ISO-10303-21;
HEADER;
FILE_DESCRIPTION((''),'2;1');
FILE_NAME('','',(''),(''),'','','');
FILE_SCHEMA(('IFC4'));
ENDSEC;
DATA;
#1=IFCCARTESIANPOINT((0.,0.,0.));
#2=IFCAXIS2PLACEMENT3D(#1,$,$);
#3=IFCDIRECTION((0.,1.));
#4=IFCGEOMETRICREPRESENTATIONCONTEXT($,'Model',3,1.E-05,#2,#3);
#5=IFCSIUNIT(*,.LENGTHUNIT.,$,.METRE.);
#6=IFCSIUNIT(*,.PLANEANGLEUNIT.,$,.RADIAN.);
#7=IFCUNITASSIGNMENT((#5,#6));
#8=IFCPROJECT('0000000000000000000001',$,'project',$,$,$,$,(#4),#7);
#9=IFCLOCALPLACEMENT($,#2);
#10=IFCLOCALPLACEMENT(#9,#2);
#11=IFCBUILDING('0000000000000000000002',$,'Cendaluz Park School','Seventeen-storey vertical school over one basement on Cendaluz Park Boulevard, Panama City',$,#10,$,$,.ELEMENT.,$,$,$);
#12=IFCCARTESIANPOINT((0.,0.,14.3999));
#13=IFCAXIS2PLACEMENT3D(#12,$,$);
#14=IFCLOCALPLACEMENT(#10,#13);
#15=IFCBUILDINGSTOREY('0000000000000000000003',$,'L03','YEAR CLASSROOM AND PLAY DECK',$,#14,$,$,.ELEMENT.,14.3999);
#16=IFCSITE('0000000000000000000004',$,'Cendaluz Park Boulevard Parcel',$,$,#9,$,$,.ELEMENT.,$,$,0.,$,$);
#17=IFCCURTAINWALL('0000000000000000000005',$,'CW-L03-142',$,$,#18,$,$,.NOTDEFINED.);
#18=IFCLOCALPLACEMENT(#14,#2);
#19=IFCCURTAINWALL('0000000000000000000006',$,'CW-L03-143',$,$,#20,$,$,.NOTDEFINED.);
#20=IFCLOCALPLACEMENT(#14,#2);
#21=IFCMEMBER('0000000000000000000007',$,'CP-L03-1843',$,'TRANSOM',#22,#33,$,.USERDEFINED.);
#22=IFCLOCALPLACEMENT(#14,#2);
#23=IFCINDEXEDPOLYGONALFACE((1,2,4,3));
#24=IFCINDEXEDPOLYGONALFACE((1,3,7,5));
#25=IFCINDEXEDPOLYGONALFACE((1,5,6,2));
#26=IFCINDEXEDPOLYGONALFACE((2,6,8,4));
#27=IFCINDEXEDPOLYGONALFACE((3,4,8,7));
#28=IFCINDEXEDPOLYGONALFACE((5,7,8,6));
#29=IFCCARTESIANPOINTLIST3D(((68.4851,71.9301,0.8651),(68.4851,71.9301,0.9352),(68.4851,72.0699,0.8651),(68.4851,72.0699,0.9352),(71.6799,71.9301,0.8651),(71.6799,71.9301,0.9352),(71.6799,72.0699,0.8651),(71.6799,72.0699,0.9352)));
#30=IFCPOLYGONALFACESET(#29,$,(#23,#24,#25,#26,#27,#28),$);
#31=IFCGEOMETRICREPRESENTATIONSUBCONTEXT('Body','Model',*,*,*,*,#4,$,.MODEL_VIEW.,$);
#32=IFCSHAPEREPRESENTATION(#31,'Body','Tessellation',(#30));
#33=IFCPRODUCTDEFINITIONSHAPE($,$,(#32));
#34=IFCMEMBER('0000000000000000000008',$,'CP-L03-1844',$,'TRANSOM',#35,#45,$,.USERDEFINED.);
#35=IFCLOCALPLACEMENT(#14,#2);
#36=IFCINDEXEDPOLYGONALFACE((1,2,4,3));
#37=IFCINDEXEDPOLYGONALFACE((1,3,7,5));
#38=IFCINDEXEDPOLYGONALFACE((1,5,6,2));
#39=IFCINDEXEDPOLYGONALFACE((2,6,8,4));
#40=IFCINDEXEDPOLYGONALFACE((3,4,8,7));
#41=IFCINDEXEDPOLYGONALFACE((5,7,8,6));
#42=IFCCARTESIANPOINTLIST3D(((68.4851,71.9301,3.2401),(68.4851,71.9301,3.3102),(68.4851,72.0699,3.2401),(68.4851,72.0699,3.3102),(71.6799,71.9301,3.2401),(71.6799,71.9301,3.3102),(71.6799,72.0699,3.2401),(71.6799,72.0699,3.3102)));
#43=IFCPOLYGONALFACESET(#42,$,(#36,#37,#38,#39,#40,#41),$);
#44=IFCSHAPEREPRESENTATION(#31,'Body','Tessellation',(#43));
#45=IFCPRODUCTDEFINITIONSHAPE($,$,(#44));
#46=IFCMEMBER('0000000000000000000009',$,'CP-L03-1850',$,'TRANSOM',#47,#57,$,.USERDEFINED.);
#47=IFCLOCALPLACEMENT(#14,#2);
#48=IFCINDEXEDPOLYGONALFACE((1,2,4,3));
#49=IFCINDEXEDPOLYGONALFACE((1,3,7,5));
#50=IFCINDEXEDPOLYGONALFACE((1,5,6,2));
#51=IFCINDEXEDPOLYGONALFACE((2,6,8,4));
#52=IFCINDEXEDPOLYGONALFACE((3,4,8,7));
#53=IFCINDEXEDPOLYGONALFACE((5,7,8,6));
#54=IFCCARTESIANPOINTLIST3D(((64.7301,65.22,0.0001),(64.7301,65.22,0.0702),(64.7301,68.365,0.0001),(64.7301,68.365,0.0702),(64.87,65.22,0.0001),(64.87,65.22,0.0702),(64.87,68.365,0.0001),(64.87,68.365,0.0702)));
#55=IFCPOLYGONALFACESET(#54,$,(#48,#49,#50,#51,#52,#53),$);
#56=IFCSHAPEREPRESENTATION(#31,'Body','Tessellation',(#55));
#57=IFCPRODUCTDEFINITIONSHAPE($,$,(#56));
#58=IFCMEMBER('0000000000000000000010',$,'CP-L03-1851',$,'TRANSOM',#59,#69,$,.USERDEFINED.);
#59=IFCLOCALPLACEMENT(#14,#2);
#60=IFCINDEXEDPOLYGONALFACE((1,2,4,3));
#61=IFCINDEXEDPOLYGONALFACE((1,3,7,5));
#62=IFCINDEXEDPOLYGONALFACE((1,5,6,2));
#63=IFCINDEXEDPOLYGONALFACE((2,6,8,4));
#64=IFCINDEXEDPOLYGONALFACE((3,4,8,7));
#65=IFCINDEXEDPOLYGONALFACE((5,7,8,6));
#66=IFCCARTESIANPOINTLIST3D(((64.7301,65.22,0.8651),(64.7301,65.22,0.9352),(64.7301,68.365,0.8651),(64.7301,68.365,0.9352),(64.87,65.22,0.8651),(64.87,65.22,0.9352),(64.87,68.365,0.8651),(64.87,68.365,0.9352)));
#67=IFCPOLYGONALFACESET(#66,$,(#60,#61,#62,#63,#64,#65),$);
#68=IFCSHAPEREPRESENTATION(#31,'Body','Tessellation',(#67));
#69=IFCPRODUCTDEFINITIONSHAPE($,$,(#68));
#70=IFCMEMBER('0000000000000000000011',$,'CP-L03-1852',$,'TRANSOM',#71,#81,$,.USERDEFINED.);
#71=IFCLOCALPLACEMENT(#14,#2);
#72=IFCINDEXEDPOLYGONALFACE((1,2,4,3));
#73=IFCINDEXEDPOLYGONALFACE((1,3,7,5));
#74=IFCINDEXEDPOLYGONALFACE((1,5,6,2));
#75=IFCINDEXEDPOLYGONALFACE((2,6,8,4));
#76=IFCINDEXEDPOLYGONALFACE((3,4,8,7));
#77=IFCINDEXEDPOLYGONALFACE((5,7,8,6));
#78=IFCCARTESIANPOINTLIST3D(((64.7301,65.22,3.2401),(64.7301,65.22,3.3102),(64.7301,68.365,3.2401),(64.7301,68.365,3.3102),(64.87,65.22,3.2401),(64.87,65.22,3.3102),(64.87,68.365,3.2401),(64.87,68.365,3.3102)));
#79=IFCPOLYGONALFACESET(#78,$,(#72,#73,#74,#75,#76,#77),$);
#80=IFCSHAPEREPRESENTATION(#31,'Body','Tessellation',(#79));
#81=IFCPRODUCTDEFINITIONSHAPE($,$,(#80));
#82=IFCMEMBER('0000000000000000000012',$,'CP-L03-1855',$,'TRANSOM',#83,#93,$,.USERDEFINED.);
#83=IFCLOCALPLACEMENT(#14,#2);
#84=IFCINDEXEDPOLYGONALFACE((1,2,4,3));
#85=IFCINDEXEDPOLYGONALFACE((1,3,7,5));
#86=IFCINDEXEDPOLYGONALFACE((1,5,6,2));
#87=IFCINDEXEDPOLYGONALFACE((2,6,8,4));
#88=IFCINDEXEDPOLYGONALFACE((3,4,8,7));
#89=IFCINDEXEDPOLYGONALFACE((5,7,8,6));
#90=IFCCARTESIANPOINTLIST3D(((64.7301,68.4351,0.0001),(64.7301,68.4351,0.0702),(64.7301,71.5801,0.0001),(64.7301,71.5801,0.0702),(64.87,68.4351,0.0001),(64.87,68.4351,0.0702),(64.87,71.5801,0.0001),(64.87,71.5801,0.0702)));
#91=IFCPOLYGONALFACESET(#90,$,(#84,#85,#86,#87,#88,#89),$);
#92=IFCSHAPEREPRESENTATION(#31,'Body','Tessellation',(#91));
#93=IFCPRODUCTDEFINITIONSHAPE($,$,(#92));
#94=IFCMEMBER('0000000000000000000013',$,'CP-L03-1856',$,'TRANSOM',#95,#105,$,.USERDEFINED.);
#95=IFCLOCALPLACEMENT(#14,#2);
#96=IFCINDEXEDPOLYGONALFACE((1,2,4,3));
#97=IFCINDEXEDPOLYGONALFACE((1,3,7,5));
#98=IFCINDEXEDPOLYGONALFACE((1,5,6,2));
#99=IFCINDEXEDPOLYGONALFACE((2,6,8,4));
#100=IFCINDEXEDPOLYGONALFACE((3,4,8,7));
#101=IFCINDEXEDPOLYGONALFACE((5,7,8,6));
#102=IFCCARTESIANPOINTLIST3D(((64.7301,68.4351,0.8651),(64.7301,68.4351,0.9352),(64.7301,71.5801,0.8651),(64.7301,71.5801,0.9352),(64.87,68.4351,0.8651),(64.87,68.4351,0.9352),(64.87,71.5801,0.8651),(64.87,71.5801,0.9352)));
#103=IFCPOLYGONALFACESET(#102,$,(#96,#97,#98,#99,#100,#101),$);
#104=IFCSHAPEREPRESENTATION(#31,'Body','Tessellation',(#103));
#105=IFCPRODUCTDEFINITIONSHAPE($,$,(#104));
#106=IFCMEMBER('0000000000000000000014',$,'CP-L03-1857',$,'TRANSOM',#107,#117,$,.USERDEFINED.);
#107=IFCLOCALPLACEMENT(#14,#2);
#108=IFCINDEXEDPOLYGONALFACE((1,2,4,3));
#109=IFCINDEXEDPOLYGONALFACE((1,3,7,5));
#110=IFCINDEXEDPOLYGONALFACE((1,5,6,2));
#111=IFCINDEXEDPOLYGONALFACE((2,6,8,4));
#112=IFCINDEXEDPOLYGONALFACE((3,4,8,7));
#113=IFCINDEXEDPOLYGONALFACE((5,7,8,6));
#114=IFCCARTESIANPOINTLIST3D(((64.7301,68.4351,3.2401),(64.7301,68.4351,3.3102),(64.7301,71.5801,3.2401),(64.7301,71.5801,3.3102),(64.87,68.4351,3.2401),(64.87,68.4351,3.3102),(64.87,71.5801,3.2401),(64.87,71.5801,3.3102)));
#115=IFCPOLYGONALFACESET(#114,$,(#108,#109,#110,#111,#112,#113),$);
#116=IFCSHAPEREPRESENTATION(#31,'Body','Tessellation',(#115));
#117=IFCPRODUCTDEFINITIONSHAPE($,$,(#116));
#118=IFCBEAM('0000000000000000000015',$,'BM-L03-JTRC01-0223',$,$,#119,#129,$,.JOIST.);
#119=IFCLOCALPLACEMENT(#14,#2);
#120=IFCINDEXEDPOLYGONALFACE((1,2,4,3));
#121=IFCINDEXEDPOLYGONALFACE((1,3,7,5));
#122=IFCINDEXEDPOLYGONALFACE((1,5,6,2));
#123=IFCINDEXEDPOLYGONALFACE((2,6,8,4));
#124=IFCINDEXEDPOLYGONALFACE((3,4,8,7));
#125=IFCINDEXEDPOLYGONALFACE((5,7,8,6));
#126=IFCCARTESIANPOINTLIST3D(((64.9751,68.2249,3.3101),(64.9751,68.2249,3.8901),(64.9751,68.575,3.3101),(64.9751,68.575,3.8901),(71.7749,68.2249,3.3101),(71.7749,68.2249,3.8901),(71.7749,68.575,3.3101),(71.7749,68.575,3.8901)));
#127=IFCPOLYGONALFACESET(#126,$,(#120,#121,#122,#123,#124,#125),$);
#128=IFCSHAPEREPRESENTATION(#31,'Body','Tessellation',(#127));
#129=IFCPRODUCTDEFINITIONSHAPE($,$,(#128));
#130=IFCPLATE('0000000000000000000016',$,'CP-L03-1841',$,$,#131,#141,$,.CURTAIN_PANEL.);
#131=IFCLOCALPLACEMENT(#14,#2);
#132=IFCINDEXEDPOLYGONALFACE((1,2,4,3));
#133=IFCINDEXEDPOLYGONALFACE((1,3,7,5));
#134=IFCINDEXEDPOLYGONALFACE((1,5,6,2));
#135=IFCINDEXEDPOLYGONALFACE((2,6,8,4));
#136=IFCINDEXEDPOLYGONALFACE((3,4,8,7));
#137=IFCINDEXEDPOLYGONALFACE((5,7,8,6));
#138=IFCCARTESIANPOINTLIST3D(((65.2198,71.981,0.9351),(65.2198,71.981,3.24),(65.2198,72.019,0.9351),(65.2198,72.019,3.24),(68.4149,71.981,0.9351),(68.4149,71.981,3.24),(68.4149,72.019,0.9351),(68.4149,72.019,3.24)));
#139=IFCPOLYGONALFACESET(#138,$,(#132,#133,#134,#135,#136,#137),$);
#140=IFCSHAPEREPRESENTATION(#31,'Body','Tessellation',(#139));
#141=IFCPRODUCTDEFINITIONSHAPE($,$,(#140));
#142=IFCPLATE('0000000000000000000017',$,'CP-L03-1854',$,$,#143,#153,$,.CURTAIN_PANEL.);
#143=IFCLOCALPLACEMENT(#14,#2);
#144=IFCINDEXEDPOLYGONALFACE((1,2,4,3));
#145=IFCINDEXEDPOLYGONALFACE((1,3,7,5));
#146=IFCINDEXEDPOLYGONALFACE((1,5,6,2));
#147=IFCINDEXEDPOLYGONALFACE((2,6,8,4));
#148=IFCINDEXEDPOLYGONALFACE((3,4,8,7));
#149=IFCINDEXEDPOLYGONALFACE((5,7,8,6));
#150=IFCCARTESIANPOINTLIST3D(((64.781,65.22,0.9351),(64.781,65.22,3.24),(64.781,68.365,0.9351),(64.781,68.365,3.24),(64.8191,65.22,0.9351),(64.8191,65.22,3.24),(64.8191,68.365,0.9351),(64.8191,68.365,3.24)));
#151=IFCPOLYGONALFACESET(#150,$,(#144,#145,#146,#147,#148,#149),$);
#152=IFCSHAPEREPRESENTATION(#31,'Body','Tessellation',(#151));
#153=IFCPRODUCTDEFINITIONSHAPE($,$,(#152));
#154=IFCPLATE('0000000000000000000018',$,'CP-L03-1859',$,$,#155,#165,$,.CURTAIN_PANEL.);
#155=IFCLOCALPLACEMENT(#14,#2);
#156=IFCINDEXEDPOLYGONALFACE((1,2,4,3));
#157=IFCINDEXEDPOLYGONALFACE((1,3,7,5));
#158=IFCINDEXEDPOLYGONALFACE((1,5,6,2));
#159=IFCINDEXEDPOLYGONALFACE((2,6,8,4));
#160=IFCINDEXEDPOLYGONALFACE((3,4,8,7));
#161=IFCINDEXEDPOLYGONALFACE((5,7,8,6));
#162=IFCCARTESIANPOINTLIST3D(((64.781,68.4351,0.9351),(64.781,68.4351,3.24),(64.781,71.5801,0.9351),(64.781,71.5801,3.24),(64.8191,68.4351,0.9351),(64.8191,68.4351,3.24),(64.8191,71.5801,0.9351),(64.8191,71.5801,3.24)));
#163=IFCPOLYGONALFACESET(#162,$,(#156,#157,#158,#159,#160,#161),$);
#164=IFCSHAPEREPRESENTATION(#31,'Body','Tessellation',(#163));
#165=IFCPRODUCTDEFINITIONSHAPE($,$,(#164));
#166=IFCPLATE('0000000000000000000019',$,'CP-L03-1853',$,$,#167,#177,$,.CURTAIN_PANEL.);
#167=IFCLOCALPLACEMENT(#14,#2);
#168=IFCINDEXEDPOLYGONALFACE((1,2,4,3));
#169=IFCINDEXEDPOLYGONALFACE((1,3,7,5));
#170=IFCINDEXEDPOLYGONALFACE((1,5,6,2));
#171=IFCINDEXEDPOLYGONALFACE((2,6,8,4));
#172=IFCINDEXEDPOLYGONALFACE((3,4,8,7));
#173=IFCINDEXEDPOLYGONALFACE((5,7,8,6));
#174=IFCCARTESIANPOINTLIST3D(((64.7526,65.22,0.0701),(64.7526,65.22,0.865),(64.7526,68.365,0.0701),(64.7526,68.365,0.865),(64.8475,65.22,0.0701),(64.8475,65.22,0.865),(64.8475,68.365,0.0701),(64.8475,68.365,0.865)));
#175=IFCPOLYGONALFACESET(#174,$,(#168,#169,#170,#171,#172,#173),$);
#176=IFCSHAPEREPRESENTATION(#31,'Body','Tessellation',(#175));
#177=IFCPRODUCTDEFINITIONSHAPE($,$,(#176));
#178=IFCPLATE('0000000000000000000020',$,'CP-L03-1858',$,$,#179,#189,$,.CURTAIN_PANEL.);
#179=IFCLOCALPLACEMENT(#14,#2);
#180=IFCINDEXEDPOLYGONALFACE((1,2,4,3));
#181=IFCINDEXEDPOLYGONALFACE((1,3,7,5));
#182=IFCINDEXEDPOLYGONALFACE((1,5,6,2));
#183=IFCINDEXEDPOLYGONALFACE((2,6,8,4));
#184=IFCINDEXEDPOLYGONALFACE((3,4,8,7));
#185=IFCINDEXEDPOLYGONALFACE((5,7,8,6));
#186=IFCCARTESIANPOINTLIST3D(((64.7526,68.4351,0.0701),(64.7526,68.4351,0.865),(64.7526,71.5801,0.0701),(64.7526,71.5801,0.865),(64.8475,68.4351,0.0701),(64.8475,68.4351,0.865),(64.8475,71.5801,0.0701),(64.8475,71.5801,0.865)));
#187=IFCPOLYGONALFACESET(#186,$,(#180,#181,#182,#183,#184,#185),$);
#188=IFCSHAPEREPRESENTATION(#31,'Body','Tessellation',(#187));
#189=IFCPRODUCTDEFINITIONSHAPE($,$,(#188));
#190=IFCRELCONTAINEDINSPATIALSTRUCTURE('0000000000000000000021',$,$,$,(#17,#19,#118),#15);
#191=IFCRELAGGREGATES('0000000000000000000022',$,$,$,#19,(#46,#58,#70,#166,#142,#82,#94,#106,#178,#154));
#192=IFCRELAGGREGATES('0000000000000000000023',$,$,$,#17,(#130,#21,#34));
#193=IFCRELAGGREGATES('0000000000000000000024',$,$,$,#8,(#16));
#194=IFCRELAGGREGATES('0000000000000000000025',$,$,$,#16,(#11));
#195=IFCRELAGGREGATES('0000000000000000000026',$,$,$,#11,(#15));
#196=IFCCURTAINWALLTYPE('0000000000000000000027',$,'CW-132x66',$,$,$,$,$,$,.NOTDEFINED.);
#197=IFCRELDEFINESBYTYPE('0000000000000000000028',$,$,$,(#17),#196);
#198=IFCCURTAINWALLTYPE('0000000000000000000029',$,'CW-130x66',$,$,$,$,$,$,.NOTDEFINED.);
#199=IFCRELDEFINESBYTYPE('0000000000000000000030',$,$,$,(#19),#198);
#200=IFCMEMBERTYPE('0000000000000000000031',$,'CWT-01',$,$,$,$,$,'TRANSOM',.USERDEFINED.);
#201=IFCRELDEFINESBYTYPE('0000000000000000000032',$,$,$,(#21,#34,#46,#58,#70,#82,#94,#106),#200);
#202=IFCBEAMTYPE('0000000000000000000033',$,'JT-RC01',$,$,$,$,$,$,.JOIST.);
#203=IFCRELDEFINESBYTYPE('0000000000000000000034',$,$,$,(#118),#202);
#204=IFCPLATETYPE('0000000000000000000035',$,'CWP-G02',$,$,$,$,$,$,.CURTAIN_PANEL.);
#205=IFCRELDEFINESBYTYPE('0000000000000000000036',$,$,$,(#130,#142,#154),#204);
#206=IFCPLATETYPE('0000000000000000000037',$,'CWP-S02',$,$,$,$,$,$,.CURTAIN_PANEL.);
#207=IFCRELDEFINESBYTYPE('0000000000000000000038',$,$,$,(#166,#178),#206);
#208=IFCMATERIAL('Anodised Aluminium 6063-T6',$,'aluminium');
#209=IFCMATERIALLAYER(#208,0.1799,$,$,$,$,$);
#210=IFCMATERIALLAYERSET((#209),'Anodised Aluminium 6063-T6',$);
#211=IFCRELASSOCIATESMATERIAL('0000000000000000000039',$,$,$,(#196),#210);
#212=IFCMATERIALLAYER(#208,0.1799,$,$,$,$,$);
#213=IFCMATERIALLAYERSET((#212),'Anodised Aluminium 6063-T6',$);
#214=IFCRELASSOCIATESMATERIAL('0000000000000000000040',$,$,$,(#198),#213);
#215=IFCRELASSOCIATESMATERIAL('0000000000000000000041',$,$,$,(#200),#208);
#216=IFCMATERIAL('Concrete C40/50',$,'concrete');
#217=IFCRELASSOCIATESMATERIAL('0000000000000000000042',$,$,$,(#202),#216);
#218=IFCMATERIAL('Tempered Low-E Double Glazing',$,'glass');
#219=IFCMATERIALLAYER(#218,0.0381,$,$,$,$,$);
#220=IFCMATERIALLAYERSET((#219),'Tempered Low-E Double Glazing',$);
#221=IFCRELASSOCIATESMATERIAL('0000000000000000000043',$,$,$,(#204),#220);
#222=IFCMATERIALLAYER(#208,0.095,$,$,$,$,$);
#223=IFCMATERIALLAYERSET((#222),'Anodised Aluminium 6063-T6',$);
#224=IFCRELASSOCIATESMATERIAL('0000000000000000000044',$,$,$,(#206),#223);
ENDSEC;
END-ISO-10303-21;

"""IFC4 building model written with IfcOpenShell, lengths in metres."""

from ifc_helpers import new_model, si_unit, direction, frame, origin, origin_2d, place, context, subcontext, project, spatial, rectangle, extrude, material, layer, layer_set, material_profile, profile_set, type_object, element, aggregate, save


model = new_model("IFC4")

# Units and contexts
model_context = context("Model", 3, precision=1e-05, world=origin(), true_north=direction((0.0, 1.0)))
body_context = subcontext(model_context, "Body", "Model", "MODEL_VIEW")
ifc_project = project(units=[si_unit("LENGTHUNIT", "METRE"), si_unit("PLANEANGLEUNIT", "RADIAN")], contexts=[model_context])

# Site, building, storey
site_placement = place(None, origin())
site = spatial("IfcSite", under=ifc_project, at=site_placement, Name="Cendaluz Park Boulevard Parcel", CompositionType="ELEMENT", RefElevation=0.0)
building_placement = place(site_placement, origin())
building = spatial("IfcBuilding", under=site, at=building_placement, Name="Cendaluz Park School", Description="Seventeen-storey vertical school over one basement on Cendaluz Park Boulevard, Panama City", CompositionType="ELEMENT")
storey_placement = place(building_placement, frame((0.0, 0.0, 14.3999)))
storey = spatial("IfcBuildingStorey", under=building, at=storey_placement, Name="L03", Description="YEAR CLASSROOM AND PLAY DECK", CompositionType="ELEMENT", Elevation=14.3999)

# Shared definitions
ifc_material_1 = material(Name="Concrete C40/50", Category="concrete")

# Curtain walls
ifc_material_2 = material(Name="Anodised Aluminium 6063-T6", Category="aluminium")
ifc_layer_1 = layer(ifc_material_2, 0.1799)
ifc_layer_set_1 = layer_set([ifc_layer_1], Name="Anodised Aluminium 6063-T6")
curtain_wall_type_1 = type_object("IfcCurtainWallType", Name="CW-132x66", PredefinedType="NOTDEFINED", material=ifc_layer_set_1)
curtain_wall_1_placement = place(storey_placement, origin())
curtain_wall_1 = element("IfcCurtainWall", 1, at=curtain_wall_1_placement, inside=storey, type_object=curtain_wall_type_1, Name="CW-L03-142", PredefinedType="NOTDEFINED")
ifc_layer_2 = layer(ifc_material_2, 0.1799)
ifc_layer_set_2 = layer_set([ifc_layer_2], Name="Anodised Aluminium 6063-T6")
curtain_wall_type_2 = type_object("IfcCurtainWallType", Name="CW-130x66", PredefinedType="NOTDEFINED", material=ifc_layer_set_2)
curtain_wall_2_placement = place(storey_placement, origin())
curtain_wall_2 = element("IfcCurtainWall", 2, at=curtain_wall_2_placement, inside=storey, type_object=curtain_wall_type_2, Name="CW-L03-143", PredefinedType="NOTDEFINED")

# Members
ifc_material_profile_1 = material_profile(ifc_material_2, rectangle(XDim=0.1399, YDim=0.0701, at=origin_2d()), Name="CWT 140x70", Category="aluminium")
ifc_profile_set_1 = profile_set([ifc_material_profile_1], Name="Anodised Aluminium 6063-T6")
member_type_1 = type_object("IfcMemberType", Name="CWT-01", ElementType="TRANSOM", PredefinedType="USERDEFINED", material=ifc_profile_set_1)
member_1_placement = place(storey_placement, frame((68.4851, 72.0, 0.9001), z_axis=(1.0, 0.0, 0.0), x_axis=(0.0, 1.0, 0.0)))
member_1 = element("IfcMember", 3, at=member_1_placement, type_object=member_type_1, Name="CP-L03-1843", ObjectType="TRANSOM", PredefinedType="USERDEFINED", context=body_context, shape_type="SweptSolid", body=[
    extrude(rectangle(XDim=0.1399, YDim=0.0701, at=origin_2d()), origin(), (0.0, 0.0, 1.0), 3.1948),
])
member_2_placement = place(storey_placement, frame((68.4851, 72.0, 3.2751), z_axis=(1.0, 0.0, 0.0), x_axis=(0.0, 1.0, 0.0)))
member_2 = element("IfcMember", 4, at=member_2_placement, type_object=member_type_1, Name="CP-L03-1844", ObjectType="TRANSOM", PredefinedType="USERDEFINED", context=body_context, shape_type="SweptSolid", body=[
    extrude(rectangle(XDim=0.1399, YDim=0.0701, at=origin_2d()), origin(), (0.0, 0.0, 1.0), 3.1948),
])
member_3_placement = place(storey_placement, frame((64.8, 65.22, 0.0352), z_axis=(0.0, 1.0, 0.0), x_axis=(-1.0, 0.0, 0.0)))
member_3 = element("IfcMember", 5, at=member_3_placement, type_object=member_type_1, Name="CP-L03-1850", ObjectType="TRANSOM", PredefinedType="USERDEFINED", context=body_context, shape_type="SweptSolid", body=[
    extrude(rectangle(XDim=0.1399, YDim=0.0701, at=origin_2d()), origin(), (0.0, 0.0, 1.0), 3.145),
])
member_4_placement = place(storey_placement, frame((64.8, 65.22, 0.9001), z_axis=(0.0, 1.0, 0.0), x_axis=(-1.0, 0.0, 0.0)))
member_4 = element("IfcMember", 6, at=member_4_placement, type_object=member_type_1, Name="CP-L03-1851", ObjectType="TRANSOM", PredefinedType="USERDEFINED", context=body_context, shape_type="SweptSolid", body=[
    extrude(rectangle(XDim=0.1399, YDim=0.0701, at=origin_2d()), origin(), (0.0, 0.0, 1.0), 3.145),
])
member_5_placement = place(storey_placement, frame((64.8, 65.22, 3.2751), z_axis=(0.0, 1.0, 0.0), x_axis=(-1.0, 0.0, 0.0)))
member_5 = element("IfcMember", 7, at=member_5_placement, type_object=member_type_1, Name="CP-L03-1852", ObjectType="TRANSOM", PredefinedType="USERDEFINED", context=body_context, shape_type="SweptSolid", body=[
    extrude(rectangle(XDim=0.1399, YDim=0.0701, at=origin_2d()), origin(), (0.0, 0.0, 1.0), 3.145),
])
member_6_placement = place(storey_placement, frame((64.8, 68.4351, 0.0352), z_axis=(0.0, 1.0, 0.0), x_axis=(-1.0, 0.0, 0.0)))
member_6 = element("IfcMember", 8, at=member_6_placement, type_object=member_type_1, Name="CP-L03-1855", ObjectType="TRANSOM", PredefinedType="USERDEFINED", context=body_context, shape_type="SweptSolid", body=[
    extrude(rectangle(XDim=0.1399, YDim=0.0701, at=origin_2d()), origin(), (0.0, 0.0, 1.0), 3.145),
])
member_7_placement = place(storey_placement, frame((64.8, 68.4351, 0.9001), z_axis=(0.0, 1.0, 0.0), x_axis=(-1.0, 0.0, 0.0)))
member_7 = element("IfcMember", 9, at=member_7_placement, type_object=member_type_1, Name="CP-L03-1856", ObjectType="TRANSOM", PredefinedType="USERDEFINED", context=body_context, shape_type="SweptSolid", body=[
    extrude(rectangle(XDim=0.1399, YDim=0.0701, at=origin_2d()), origin(), (0.0, 0.0, 1.0), 3.145),
])
member_8_placement = place(storey_placement, frame((64.8, 68.4351, 3.2751), z_axis=(0.0, 1.0, 0.0), x_axis=(-1.0, 0.0, 0.0)))
member_8 = element("IfcMember", 10, at=member_8_placement, type_object=member_type_1, Name="CP-L03-1857", ObjectType="TRANSOM", PredefinedType="USERDEFINED", context=body_context, shape_type="SweptSolid", body=[
    extrude(rectangle(XDim=0.1399, YDim=0.0701, at=origin_2d()), origin(), (0.0, 0.0, 1.0), 3.145),
])

# Beam
ifc_material_profile_2 = material_profile(ifc_material_1, rectangle(XDim=0.3501, YDim=0.5801, at=origin_2d()), Name="RC 350x580", Category="concrete")
ifc_profile_set_2 = profile_set([ifc_material_profile_2], Name="Concrete C40/50")
beam_type_1 = type_object("IfcBeamType", Name="JT-RC01", PredefinedType="JOIST", material=ifc_profile_set_2)
beam_1_placement = place(storey_placement, frame((64.9751, 68.3999, 3.6001), z_axis=(1.0, 0.0, 0.0), x_axis=(0.0, 1.0, 0.0)))
element("IfcBeam", 11, at=beam_1_placement, inside=storey, type_object=beam_type_1, Name="BM-L03-JTRC01-0223", PredefinedType="JOIST", context=body_context, shape_type="SweptSolid", body=[
    extrude(rectangle(XDim=0.3501, YDim=0.5801, at=origin_2d()), origin(), (0.0, 0.0, 1.0), 6.7998),
])

# Plates
ifc_material_3 = material(Name="Tempered Low-E Double Glazing", Category="glass")
ifc_layer_3 = layer(ifc_material_3, 0.0381)
ifc_layer_set_3 = layer_set([ifc_layer_3], Name="Tempered Low-E Double Glazing")
plate_type_1 = type_object("IfcPlateType", Name="CWP-G02", PredefinedType="CURTAIN_PANEL", material=ifc_layer_set_3)
plate_1_placement = place(storey_placement, frame((66.8174, 72.0, 0.9351), z_axis=(0.0, 0.0, 1.0), x_axis=(1.0, 0.0, 0.0)))
plate_1 = element("IfcPlate", 12, at=plate_1_placement, type_object=plate_type_1, Name="CP-L03-1841", PredefinedType="CURTAIN_PANEL", context=body_context, shape_type="SweptSolid", body=[
    extrude(rectangle(XDim=3.1951, YDim=0.0381, at=origin_2d()), origin(), (0.0, 0.0, 1.0), 2.3049),
])
plate_2_placement = place(storey_placement, frame((64.8, 66.7925, 0.9351), z_axis=(0.0, 0.0, 1.0), x_axis=(0.0, 1.0, 0.0)))
plate_2 = element("IfcPlate", 13, at=plate_2_placement, type_object=plate_type_1, Name="CP-L03-1854", PredefinedType="CURTAIN_PANEL", context=body_context, shape_type="SweptSolid", body=[
    extrude(rectangle(XDim=3.145, YDim=0.0381, at=origin_2d()), origin(), (0.0, 0.0, 1.0), 2.3049),
])
plate_3_placement = place(storey_placement, frame((64.8, 70.0076, 0.9351), z_axis=(0.0, 0.0, 1.0), x_axis=(0.0, 1.0, 0.0)))
plate_3 = element("IfcPlate", 14, at=plate_3_placement, type_object=plate_type_1, Name="CP-L03-1859", PredefinedType="CURTAIN_PANEL", context=body_context, shape_type="SweptSolid", body=[
    extrude(rectangle(XDim=3.145, YDim=0.0381, at=origin_2d()), origin(), (0.0, 0.0, 1.0), 2.3049),
])
ifc_layer_4 = layer(ifc_material_2, 0.095)
ifc_layer_set_4 = layer_set([ifc_layer_4], Name="Anodised Aluminium 6063-T6")
plate_type_2 = type_object("IfcPlateType", Name="CWP-S02", PredefinedType="CURTAIN_PANEL", material=ifc_layer_set_4)
plate_4_placement = place(storey_placement, frame((64.8, 66.7925, 0.0701), z_axis=(0.0, 0.0, 1.0), x_axis=(0.0, 1.0, 0.0)))
plate_4 = element("IfcPlate", 15, at=plate_4_placement, type_object=plate_type_2, Name="CP-L03-1853", PredefinedType="CURTAIN_PANEL", context=body_context, shape_type="SweptSolid", body=[
    extrude(rectangle(XDim=3.145, YDim=0.095, at=origin_2d()), origin(), (0.0, 0.0, 1.0), 0.7949),
])
plate_5_placement = place(storey_placement, frame((64.8, 70.0076, 0.0701), z_axis=(0.0, 0.0, 1.0), x_axis=(0.0, 1.0, 0.0)))
plate_5 = element("IfcPlate", 16, at=plate_5_placement, type_object=plate_type_2, Name="CP-L03-1858", PredefinedType="CURTAIN_PANEL", context=body_context, shape_type="SweptSolid", body=[
    extrude(rectangle(XDim=3.145, YDim=0.095, at=origin_2d()), origin(), (0.0, 0.0, 1.0), 0.7949),
])
aggregate(curtain_wall_2, [member_3, member_4, member_5, plate_4, plate_2, member_6, member_7, member_8, plate_5, plate_3])
aggregate(curtain_wall_1, [plate_1, member_1, member_2])

save(model, "model.ifc")
